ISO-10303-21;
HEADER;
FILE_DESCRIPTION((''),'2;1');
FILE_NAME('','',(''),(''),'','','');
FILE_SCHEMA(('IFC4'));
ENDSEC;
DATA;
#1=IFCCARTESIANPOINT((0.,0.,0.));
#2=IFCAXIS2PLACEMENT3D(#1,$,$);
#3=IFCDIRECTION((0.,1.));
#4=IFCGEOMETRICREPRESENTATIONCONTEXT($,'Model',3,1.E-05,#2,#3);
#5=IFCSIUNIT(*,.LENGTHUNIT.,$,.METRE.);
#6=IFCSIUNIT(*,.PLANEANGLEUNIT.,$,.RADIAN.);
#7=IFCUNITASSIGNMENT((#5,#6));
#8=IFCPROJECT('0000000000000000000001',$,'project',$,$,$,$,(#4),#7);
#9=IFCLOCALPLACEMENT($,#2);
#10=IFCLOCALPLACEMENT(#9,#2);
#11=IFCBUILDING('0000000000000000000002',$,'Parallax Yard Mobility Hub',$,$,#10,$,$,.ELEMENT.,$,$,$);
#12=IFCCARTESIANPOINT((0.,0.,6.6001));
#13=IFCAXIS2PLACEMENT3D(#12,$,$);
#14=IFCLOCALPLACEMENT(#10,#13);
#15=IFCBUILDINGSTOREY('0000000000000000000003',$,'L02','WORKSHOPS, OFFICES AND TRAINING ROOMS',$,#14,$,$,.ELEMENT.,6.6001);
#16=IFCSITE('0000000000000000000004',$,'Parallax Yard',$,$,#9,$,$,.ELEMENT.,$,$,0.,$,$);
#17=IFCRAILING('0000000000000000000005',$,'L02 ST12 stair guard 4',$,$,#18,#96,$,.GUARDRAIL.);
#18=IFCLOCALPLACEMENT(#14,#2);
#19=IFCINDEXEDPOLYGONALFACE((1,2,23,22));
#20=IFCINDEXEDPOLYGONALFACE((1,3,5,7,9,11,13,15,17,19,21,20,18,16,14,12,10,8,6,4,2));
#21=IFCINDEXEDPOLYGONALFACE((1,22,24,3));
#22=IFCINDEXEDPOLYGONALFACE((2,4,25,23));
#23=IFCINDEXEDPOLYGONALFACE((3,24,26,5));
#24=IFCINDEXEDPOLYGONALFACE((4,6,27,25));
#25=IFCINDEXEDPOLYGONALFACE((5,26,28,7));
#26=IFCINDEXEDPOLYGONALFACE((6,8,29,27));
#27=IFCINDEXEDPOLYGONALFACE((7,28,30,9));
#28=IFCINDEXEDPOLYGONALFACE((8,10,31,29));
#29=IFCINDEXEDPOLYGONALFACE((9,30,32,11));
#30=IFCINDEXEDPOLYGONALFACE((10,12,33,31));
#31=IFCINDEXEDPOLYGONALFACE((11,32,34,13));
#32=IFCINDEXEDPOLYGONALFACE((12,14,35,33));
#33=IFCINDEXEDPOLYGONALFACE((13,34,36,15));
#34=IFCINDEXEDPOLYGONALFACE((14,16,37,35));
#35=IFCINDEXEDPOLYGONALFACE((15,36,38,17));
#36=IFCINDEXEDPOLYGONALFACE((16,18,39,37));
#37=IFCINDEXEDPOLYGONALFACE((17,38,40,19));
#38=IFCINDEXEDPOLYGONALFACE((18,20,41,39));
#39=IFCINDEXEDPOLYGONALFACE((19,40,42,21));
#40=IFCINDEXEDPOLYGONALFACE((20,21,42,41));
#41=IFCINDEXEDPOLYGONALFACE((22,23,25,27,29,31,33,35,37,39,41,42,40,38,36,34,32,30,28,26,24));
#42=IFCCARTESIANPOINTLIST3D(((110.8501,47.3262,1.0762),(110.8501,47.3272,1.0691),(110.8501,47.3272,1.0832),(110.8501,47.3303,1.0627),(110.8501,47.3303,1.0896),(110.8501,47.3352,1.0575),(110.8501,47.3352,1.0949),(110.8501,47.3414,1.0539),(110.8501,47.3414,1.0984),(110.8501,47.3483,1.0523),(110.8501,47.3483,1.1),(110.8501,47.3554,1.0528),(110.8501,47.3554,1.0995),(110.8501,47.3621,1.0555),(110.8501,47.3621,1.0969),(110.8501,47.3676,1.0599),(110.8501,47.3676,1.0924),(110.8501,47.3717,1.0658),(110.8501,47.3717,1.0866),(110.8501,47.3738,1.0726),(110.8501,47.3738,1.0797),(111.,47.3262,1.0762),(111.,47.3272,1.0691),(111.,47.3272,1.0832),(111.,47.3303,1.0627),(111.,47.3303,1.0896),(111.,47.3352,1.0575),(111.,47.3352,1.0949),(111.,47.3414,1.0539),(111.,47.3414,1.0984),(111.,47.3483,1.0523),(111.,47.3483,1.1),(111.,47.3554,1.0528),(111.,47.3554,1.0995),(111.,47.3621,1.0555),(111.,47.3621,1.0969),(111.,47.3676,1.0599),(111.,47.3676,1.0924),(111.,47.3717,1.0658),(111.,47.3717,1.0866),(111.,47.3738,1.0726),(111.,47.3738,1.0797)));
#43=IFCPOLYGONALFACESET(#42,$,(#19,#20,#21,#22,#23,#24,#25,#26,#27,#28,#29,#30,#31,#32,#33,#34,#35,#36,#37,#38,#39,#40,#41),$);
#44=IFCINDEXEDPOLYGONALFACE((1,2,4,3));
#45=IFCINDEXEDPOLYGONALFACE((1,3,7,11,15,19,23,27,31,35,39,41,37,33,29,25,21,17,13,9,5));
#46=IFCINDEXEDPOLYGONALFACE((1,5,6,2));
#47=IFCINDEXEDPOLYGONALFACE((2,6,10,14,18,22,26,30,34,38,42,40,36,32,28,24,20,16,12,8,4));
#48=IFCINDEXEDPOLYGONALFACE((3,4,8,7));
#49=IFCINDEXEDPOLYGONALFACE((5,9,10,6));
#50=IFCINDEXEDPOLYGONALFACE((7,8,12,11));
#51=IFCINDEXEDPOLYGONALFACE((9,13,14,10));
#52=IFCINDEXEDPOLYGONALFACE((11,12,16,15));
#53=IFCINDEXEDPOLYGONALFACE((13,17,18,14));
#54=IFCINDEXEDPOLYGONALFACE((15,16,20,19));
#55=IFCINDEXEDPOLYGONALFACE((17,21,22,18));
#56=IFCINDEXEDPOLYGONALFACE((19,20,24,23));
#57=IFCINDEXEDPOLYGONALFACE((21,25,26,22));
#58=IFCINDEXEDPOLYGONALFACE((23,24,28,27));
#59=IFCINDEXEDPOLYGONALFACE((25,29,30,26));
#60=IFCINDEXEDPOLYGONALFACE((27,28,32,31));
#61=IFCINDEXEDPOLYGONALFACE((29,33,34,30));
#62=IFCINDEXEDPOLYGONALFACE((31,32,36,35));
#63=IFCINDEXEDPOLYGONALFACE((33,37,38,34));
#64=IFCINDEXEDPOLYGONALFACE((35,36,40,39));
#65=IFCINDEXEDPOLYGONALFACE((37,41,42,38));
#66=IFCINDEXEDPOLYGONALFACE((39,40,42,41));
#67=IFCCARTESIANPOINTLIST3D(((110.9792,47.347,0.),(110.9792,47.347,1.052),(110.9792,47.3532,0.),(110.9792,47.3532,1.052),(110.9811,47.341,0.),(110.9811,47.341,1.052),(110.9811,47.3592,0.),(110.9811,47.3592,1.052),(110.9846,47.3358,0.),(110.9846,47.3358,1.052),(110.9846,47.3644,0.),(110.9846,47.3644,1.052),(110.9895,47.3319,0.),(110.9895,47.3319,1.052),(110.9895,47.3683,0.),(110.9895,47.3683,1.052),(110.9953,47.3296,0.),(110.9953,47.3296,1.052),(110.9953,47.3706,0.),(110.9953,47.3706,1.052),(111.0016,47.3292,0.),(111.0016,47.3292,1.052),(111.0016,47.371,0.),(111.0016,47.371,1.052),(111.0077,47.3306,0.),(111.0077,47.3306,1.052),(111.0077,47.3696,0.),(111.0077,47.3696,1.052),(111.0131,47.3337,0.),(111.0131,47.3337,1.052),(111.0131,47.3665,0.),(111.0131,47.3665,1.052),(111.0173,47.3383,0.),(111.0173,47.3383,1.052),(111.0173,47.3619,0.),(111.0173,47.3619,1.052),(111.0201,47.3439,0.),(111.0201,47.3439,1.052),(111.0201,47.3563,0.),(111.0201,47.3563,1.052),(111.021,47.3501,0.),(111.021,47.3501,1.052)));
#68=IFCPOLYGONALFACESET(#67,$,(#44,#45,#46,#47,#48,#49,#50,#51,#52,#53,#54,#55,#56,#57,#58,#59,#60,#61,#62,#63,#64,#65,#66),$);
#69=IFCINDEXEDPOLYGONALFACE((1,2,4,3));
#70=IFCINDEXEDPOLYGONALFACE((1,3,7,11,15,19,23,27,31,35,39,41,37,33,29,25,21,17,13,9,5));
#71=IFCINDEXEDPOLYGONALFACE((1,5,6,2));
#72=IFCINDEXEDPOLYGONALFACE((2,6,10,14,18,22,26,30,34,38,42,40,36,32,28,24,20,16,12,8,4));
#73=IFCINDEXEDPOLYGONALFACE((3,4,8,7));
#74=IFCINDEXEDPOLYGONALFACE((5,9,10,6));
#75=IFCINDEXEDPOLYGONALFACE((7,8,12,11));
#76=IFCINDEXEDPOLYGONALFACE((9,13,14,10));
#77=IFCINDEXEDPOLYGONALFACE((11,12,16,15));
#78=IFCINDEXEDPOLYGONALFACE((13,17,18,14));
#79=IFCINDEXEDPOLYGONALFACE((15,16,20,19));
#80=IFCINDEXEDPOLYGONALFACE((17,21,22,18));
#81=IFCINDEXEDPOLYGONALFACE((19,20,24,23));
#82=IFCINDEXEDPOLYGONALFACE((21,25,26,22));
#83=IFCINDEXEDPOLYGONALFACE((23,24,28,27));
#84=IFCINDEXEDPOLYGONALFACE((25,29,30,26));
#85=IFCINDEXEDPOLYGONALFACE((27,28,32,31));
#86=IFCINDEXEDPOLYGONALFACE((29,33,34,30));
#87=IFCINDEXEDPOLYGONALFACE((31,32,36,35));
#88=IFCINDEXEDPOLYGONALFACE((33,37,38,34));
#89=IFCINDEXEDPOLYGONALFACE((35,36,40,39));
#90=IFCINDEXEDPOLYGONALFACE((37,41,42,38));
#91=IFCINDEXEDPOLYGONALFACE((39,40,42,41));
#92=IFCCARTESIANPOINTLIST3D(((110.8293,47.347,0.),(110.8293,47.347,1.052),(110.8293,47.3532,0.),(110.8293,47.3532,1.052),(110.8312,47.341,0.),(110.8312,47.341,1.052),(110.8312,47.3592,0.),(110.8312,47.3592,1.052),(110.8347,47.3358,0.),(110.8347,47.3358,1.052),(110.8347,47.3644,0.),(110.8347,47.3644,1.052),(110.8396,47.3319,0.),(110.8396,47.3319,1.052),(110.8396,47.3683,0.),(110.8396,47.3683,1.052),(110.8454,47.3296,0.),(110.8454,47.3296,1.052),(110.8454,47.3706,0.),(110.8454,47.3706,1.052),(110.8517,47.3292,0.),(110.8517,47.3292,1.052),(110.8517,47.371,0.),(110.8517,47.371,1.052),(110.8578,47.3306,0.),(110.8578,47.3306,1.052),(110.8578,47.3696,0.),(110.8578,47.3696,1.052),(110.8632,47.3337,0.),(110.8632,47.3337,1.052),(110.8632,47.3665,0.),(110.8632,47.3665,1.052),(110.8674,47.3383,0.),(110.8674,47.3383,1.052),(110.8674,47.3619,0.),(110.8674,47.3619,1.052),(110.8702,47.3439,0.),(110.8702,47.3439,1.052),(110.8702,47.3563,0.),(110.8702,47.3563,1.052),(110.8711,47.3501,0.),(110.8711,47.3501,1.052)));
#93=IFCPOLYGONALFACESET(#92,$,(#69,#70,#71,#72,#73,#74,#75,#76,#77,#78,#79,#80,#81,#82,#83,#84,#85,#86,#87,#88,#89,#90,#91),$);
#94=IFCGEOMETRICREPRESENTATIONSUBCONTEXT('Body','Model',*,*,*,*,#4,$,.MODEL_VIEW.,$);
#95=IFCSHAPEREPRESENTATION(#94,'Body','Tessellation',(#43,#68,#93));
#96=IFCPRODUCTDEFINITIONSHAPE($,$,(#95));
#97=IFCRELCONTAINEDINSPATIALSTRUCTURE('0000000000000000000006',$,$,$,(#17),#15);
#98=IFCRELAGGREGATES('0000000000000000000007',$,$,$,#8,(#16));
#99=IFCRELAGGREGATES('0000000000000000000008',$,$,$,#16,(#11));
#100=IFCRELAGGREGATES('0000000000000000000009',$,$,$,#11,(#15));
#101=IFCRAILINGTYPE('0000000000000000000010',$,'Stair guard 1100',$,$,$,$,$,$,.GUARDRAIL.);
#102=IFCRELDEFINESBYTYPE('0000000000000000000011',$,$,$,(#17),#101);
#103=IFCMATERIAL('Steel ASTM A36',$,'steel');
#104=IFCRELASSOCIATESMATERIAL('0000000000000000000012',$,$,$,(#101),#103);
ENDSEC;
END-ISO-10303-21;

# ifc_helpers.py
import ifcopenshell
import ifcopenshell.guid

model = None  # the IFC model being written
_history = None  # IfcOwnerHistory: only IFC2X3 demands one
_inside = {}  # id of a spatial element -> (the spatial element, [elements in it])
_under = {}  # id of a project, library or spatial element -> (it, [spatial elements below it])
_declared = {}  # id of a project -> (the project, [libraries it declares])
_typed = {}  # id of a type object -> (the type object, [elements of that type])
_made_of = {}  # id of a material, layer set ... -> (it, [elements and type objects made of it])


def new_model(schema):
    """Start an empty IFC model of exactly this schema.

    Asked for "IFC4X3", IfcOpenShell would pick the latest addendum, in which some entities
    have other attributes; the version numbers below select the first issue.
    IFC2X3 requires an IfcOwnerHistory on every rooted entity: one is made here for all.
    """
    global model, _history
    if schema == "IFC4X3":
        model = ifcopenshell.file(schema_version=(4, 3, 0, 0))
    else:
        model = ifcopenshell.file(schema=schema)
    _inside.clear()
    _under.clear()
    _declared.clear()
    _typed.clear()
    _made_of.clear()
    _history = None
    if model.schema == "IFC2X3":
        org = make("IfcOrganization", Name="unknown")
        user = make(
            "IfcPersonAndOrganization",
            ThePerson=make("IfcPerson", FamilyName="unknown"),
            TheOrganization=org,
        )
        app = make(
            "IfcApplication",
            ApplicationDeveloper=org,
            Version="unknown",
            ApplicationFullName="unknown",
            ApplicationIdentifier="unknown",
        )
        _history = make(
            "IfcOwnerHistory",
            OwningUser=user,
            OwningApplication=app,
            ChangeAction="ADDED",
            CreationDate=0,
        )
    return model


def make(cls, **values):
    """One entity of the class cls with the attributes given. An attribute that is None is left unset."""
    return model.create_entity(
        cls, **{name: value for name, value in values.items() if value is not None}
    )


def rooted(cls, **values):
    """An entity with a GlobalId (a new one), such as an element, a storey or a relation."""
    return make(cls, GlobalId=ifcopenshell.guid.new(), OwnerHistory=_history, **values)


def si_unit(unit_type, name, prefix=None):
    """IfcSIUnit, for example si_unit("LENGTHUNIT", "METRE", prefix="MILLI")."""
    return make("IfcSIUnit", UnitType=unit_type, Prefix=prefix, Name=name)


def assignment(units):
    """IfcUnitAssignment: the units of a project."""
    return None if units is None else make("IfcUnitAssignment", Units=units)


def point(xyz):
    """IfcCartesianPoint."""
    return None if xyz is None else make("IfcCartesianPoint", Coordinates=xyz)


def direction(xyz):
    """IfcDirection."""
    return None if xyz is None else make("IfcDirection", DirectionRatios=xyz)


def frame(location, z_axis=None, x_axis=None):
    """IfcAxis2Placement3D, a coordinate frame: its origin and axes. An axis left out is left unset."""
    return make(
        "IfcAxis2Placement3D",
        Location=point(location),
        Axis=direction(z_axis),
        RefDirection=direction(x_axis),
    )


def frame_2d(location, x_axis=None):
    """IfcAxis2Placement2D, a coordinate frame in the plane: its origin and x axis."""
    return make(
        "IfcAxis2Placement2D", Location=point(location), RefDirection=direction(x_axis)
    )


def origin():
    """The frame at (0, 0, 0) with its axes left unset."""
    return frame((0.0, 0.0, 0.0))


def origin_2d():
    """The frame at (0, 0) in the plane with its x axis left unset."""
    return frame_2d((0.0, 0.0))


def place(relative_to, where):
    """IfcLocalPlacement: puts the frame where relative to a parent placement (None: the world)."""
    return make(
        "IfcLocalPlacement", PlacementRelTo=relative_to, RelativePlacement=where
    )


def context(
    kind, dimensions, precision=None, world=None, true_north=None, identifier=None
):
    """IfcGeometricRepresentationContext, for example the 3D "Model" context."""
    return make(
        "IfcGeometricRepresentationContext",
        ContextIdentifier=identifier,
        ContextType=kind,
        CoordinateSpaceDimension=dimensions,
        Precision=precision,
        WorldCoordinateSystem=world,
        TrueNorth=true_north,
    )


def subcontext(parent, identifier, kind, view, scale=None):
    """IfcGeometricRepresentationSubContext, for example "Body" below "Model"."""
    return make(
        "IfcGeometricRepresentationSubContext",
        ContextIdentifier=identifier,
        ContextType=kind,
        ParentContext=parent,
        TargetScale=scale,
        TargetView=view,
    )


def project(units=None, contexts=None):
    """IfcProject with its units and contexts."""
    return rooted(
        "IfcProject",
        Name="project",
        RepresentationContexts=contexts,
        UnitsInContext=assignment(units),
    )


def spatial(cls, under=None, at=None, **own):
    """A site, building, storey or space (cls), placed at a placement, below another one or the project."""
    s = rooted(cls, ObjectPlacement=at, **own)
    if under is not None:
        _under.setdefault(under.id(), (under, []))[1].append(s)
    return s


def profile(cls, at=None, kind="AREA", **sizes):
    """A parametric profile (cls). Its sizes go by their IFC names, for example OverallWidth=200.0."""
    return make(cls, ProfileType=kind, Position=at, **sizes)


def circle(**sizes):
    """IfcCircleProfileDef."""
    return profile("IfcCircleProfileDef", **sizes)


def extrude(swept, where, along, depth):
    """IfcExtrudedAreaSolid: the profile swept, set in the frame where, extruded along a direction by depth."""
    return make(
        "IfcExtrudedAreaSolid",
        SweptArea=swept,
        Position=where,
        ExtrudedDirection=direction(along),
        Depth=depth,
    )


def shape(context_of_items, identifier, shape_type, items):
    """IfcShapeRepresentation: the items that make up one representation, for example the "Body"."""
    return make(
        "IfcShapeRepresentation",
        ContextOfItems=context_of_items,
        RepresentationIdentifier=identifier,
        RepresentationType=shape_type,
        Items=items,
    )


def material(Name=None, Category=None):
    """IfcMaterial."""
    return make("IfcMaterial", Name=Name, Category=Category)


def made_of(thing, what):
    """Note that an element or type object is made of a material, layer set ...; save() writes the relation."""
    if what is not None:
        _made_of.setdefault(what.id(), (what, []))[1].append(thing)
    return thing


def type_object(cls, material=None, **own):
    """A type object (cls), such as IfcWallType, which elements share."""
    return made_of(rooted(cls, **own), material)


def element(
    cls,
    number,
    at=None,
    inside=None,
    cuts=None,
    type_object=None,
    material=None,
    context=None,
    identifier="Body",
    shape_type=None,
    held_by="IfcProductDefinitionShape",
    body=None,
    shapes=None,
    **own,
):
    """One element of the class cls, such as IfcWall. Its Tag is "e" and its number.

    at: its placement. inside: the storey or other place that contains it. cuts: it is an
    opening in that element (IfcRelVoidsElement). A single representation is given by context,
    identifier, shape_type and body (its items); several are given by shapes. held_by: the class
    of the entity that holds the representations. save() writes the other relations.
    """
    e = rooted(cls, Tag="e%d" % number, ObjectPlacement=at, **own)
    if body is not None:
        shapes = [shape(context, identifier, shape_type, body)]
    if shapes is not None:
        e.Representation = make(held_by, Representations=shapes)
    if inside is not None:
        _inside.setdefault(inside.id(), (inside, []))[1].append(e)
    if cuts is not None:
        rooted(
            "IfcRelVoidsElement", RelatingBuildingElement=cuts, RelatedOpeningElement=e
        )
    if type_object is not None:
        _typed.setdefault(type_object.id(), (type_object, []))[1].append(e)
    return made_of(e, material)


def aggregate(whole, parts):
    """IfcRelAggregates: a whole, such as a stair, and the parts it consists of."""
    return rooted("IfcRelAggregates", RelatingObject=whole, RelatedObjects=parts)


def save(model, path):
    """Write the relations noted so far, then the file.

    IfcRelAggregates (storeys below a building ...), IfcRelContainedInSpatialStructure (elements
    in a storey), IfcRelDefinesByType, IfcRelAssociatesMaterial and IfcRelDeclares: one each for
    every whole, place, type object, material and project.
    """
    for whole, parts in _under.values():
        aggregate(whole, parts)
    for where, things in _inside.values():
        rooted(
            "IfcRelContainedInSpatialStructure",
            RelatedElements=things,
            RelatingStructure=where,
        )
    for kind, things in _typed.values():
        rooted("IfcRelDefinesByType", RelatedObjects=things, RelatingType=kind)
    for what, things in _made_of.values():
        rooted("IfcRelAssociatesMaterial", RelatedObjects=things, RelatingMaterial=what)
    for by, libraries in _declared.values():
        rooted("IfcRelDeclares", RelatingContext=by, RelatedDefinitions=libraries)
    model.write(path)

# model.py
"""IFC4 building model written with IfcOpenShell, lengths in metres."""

from ifc_helpers import new_model, si_unit, direction, frame, origin, origin_2d, place, context, subcontext, project, spatial, circle, extrude, material, type_object, element, save


model = new_model("IFC4")

# Units and contexts
model_context = context("Model", 3, precision=1e-05, world=origin(), true_north=direction((0.0, 1.0)))
body_context = subcontext(model_context, "Body", "Model", "MODEL_VIEW")
ifc_project = project(units=[si_unit("LENGTHUNIT", "METRE"), si_unit("PLANEANGLEUNIT", "RADIAN")], contexts=[model_context])

# Site, building, storey
site_placement = place(None, origin())
site = spatial("IfcSite", under=ifc_project, at=site_placement, Name="Parallax Yard", CompositionType="ELEMENT", RefElevation=0.0)
building_placement = place(site_placement, origin())
building = spatial("IfcBuilding", under=site, at=building_placement, Name="Parallax Yard Mobility Hub", CompositionType="ELEMENT")
storey_placement = place(building_placement, frame((0.0, 0.0, 6.6001)))
storey = spatial("IfcBuildingStorey", under=building, at=storey_placement, Name="L02", Description="WORKSHOPS, OFFICES AND TRAINING ROOMS", CompositionType="ELEMENT", Elevation=6.6001)

# Railing
ifc_material_1 = material(Name="Steel ASTM A36", Category="steel")
railing_type_1 = type_object("IfcRailingType", Name="Stair guard 1100", PredefinedType="GUARDRAIL", material=ifc_material_1)
railing_1_placement = place(storey_placement, frame((111.0, 47.3501, 0.0)))
element("IfcRailing", 1, at=railing_1_placement, inside=storey, type_object=railing_type_1, Name="L02 ST12 stair guard 4", PredefinedType="GUARDRAIL", context=body_context, shape_type="SweptSolid", body=[
    extrude(circle(Radius=0.0239, at=origin_2d()), frame((0.0, 0.0, 1.0762), z_axis=(-1.0, 0.0, 0.0), x_axis=(0.0, -1.0, 0.0)), (0.0, 0.0, 1.0), 0.1499),
    extrude(circle(Radius=0.021, at=origin_2d()), origin(), (0.0, 0.0, 1.0), 1.052),
    extrude(circle(Radius=0.021, at=origin_2d()), frame((-0.1499, 0.0, 0.0)), (0.0, 0.0, 1.0), 1.052),
])

save(model, "model.ifc")
